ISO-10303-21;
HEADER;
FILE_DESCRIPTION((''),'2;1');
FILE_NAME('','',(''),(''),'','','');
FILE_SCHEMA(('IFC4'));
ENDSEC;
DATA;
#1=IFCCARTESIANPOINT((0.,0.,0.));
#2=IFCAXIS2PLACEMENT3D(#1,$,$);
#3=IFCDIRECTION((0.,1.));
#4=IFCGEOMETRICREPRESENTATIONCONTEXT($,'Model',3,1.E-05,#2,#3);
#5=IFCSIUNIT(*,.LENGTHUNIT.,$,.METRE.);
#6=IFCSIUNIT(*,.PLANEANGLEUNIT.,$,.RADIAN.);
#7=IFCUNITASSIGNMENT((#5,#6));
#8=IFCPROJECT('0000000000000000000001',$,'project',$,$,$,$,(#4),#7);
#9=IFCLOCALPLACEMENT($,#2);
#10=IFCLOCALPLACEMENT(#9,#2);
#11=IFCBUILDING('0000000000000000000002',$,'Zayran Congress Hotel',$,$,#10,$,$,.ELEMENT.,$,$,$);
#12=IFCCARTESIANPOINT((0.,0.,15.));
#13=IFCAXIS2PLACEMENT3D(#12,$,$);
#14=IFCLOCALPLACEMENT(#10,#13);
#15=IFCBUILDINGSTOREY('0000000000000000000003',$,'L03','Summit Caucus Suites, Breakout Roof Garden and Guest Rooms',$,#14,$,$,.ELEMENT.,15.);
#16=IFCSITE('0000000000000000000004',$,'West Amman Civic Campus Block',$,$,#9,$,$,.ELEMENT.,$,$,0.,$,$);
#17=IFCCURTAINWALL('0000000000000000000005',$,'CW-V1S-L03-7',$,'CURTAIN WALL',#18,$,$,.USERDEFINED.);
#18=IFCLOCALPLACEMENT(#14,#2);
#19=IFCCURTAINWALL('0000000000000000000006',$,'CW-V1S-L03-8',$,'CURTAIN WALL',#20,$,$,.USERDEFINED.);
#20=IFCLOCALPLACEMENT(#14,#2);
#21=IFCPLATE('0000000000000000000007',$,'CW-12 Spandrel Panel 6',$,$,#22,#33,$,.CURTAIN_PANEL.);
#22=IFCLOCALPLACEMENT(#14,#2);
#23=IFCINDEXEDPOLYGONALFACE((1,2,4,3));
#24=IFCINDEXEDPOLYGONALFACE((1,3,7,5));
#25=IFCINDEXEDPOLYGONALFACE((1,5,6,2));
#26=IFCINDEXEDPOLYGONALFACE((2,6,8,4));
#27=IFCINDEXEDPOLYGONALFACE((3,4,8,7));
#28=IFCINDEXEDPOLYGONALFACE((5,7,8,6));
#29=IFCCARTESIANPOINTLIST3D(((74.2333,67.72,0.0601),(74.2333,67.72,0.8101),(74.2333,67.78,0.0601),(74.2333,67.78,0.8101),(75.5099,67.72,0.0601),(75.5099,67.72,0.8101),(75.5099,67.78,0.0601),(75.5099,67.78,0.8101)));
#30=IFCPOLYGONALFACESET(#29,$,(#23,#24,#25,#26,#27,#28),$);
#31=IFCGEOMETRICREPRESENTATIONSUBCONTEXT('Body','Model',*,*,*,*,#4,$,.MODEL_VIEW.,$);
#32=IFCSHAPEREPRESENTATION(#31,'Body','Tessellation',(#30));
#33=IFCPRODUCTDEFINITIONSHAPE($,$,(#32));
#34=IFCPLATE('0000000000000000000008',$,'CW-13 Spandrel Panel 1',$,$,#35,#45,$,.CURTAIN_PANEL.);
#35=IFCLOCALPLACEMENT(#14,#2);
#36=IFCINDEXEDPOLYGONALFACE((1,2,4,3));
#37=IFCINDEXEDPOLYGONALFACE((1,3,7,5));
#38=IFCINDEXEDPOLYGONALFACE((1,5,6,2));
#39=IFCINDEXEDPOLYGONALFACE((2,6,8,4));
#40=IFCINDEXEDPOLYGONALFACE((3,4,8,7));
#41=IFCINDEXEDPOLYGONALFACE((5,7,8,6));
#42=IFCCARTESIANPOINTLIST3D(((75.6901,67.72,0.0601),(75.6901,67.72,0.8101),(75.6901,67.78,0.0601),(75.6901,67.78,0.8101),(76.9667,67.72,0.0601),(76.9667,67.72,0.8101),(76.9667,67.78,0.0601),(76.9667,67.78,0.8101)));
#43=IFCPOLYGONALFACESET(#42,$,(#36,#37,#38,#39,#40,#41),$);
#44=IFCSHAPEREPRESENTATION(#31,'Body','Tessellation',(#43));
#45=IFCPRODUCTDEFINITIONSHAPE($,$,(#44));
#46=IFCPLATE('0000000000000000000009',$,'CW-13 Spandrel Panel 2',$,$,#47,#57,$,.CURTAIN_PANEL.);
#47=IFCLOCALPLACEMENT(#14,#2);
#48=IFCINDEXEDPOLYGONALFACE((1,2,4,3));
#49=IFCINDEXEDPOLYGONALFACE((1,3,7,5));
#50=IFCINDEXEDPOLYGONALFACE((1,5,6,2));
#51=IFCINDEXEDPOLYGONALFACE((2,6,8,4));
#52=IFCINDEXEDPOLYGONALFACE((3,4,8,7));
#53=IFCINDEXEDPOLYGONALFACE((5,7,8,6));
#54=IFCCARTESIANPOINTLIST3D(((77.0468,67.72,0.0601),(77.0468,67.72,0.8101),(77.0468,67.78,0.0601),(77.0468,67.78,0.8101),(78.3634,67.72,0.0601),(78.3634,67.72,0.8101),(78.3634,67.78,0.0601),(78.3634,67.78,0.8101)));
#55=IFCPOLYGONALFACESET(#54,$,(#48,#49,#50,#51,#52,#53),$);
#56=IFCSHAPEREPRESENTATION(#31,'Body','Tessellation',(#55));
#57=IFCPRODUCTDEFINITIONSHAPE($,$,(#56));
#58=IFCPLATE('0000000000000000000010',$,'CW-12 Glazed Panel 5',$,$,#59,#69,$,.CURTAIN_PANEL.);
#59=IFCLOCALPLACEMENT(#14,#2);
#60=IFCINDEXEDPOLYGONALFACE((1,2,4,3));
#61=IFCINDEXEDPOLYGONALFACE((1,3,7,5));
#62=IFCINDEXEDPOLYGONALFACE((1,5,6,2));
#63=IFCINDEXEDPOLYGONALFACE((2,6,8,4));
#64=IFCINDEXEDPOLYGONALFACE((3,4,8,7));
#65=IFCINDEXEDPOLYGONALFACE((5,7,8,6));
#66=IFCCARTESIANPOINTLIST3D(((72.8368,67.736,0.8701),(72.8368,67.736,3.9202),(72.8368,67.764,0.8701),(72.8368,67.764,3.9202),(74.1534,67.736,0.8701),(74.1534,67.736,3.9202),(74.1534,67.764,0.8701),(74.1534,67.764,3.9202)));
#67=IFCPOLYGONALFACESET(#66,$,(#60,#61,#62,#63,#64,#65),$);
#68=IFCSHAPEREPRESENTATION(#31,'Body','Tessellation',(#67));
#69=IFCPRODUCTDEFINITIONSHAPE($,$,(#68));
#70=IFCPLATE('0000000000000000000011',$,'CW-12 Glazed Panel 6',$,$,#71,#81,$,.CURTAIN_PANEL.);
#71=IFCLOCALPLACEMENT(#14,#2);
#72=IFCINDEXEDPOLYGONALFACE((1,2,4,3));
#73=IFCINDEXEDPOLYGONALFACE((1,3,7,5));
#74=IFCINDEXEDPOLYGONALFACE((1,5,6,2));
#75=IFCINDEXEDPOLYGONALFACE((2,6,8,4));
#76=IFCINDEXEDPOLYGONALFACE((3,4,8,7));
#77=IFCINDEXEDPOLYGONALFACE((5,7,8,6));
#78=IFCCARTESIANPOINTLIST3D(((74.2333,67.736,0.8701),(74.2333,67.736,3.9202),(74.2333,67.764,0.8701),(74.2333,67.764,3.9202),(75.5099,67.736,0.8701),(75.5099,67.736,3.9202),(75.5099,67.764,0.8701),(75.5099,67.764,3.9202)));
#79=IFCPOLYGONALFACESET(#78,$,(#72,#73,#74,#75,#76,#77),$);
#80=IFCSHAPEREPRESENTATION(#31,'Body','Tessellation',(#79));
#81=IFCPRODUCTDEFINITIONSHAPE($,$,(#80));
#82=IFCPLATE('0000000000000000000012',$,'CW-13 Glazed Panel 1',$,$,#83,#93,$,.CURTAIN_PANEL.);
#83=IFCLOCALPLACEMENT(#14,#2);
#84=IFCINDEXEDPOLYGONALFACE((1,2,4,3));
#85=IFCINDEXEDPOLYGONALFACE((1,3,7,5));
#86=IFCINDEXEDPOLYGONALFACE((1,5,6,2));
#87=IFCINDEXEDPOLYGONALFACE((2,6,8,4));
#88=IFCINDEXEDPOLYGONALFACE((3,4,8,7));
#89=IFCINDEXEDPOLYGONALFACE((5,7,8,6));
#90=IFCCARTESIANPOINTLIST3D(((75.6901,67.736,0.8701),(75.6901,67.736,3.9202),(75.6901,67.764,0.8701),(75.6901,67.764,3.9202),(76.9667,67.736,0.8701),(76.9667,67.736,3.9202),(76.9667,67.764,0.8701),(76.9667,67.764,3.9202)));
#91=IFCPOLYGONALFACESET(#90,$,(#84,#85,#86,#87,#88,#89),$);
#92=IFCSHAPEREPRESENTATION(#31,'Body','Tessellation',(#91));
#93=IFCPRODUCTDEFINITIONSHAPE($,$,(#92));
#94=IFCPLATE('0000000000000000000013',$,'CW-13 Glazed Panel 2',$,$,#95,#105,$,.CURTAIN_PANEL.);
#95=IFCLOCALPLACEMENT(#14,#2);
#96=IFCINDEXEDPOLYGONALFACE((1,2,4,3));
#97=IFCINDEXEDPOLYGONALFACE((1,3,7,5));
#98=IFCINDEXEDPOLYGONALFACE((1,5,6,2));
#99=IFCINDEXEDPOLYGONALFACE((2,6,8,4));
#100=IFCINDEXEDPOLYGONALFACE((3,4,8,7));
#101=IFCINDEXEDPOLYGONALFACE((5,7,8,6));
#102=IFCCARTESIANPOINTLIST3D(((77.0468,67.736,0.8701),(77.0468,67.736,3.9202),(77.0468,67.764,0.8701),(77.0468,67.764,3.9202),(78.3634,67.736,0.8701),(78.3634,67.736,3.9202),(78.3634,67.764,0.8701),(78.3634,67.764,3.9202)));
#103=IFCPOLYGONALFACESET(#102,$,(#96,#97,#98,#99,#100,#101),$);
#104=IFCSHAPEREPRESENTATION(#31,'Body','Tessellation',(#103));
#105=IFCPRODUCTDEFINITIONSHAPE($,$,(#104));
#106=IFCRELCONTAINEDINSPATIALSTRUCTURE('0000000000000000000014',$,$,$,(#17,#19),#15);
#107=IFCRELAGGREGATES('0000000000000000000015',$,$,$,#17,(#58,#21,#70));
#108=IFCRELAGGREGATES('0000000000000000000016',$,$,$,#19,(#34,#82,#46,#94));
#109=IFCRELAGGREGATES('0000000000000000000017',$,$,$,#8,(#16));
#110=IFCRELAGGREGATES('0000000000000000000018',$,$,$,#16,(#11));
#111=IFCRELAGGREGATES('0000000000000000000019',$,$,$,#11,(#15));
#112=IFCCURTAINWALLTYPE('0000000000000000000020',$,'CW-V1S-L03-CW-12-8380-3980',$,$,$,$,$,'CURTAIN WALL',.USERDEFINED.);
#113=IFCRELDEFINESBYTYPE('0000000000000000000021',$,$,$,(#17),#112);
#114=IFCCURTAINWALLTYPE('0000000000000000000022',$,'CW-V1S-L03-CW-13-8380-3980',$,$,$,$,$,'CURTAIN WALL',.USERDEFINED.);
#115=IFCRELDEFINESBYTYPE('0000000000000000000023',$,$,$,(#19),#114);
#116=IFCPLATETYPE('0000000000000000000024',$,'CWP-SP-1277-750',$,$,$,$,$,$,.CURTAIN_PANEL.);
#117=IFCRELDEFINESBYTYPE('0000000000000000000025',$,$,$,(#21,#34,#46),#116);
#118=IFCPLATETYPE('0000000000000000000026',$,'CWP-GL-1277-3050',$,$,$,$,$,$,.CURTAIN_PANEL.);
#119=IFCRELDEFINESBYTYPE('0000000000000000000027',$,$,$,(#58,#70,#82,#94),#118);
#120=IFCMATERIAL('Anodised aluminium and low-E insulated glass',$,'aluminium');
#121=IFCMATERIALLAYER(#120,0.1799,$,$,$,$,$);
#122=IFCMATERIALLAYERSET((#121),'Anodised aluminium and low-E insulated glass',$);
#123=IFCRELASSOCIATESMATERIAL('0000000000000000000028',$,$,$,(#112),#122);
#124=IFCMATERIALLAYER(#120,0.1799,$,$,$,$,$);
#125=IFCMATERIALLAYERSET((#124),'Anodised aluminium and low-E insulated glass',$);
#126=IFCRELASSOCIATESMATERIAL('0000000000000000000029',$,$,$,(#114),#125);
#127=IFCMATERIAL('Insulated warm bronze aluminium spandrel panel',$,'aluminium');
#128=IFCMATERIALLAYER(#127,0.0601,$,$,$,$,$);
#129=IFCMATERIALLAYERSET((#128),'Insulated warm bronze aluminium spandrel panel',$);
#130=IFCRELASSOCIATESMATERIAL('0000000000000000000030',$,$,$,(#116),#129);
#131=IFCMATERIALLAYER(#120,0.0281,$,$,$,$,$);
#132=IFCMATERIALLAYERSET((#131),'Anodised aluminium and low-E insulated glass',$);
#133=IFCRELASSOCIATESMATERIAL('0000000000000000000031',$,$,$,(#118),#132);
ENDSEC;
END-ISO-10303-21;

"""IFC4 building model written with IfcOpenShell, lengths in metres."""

from ifc_helpers import new_model, si_unit, direction, frame, origin, origin_2d, place, context, subcontext, project, spatial, rectangle, extrude, material, layer, layer_set, type_object, element, aggregate, save


model = new_model("IFC4")

# Units and contexts
model_context = context("Model", 3, precision=1e-05, world=origin(), true_north=direction((0.0, 1.0)))
body_context = subcontext(model_context, "Body", "Model", "MODEL_VIEW")
ifc_project = project(units=[si_unit("LENGTHUNIT", "METRE"), si_unit("PLANEANGLEUNIT", "RADIAN")], contexts=[model_context])

# Site, building, storey
site_placement = place(None, origin())
site = spatial("IfcSite", under=ifc_project, at=site_placement, Name="West Amman Civic Campus Block", CompositionType="ELEMENT", RefElevation=0.0)
building_placement = place(site_placement, origin())
building = spatial("IfcBuilding", under=site, at=building_placement, Name="Zayran Congress Hotel", CompositionType="ELEMENT")
storey_placement = place(building_placement, frame((0.0, 0.0, 15.0)))
storey = spatial("IfcBuildingStorey", under=building, at=storey_placement, Name="L03", Description="Summit Caucus Suites, Breakout Roof Garden and Guest Rooms", CompositionType="ELEMENT", Elevation=15.0)

# Curtain walls
ifc_material_1 = material(Name="Anodised aluminium and low-E insulated glass", Category="aluminium")
ifc_layer_1 = layer(ifc_material_1, 0.1799)
ifc_layer_set_1 = layer_set([ifc_layer_1], Name="Anodised aluminium and low-E insulated glass")
curtain_wall_type_1 = type_object("IfcCurtainWallType", Name="CW-V1S-L03-CW-12-8380-3980", ElementType="CURTAIN WALL", PredefinedType="USERDEFINED", material=ifc_layer_set_1)
curtain_wall_1_placement = place(storey_placement, origin())
curtain_wall_1 = element("IfcCurtainWall", 1, at=curtain_wall_1_placement, inside=storey, type_object=curtain_wall_type_1, Name="CW-V1S-L03-7", ObjectType="CURTAIN WALL", PredefinedType="USERDEFINED")
ifc_layer_2 = layer(ifc_material_1, 0.1799)
ifc_layer_set_2 = layer_set([ifc_layer_2], Name="Anodised aluminium and low-E insulated glass")
curtain_wall_type_2 = type_object("IfcCurtainWallType", Name="CW-V1S-L03-CW-13-8380-3980", ElementType="CURTAIN WALL", PredefinedType="USERDEFINED", material=ifc_layer_set_2)
curtain_wall_2_placement = place(storey_placement, origin())
curtain_wall_2 = element("IfcCurtainWall", 2, at=curtain_wall_2_placement, inside=storey, type_object=curtain_wall_type_2, Name="CW-V1S-L03-8", ObjectType="CURTAIN WALL", PredefinedType="USERDEFINED")

# Plates
ifc_material_2 = material(Name="Insulated warm bronze aluminium spandrel panel", Category="aluminium")
ifc_layer_3 = layer(ifc_material_2, 0.0601)
ifc_layer_set_3 = layer_set([ifc_layer_3], Name="Insulated warm bronze aluminium spandrel panel")
plate_type_1 = type_object("IfcPlateType", Name="CWP-SP-1277-750", PredefinedType="CURTAIN_PANEL", material=ifc_layer_set_3)
plate_1_placement = place(storey_placement, frame((74.8716, 67.75, 0.0601), z_axis=(0.0, 0.0, 1.0), x_axis=(1.0, 0.0, 0.0)))
plate_1 = element("IfcPlate", 3, at=plate_1_placement, type_object=plate_type_1, Name="CW-12 Spandrel Panel 6", PredefinedType="CURTAIN_PANEL", context=body_context, shape_type="SweptSolid", body=[
    extrude(rectangle(XDim=1.2766, YDim=0.0601, at=origin_2d()), origin(), (0.0, 0.0, 1.0), 0.75),
])
plate_2_placement = place(storey_placement, frame((76.3284, 67.75, 0.0601), z_axis=(0.0, 0.0, 1.0), x_axis=(1.0, 0.0, 0.0)))
plate_2 = element("IfcPlate", 4, at=plate_2_placement, type_object=plate_type_1, Name="CW-13 Spandrel Panel 1", PredefinedType="CURTAIN_PANEL", context=body_context, shape_type="SweptSolid", body=[
    extrude(rectangle(XDim=1.2766, YDim=0.0601, at=origin_2d()), origin(), (0.0, 0.0, 1.0), 0.75),
])
plate_3_placement = place(storey_placement, frame((77.7051, 67.75, 0.0601), z_axis=(0.0, 0.0, 1.0), x_axis=(1.0, 0.0, 0.0)))
plate_3 = element("IfcPlate", 5, at=plate_3_placement, type_object=plate_type_1, Name="CW-13 Spandrel Panel 2", PredefinedType="CURTAIN_PANEL", context=body_context, shape_type="SweptSolid", body=[
    extrude(rectangle(XDim=1.3167, YDim=0.0601, at=origin_2d()), origin(), (0.0, 0.0, 1.0), 0.75),
])
ifc_layer_4 = layer(ifc_material_1, 0.0281)
ifc_layer_set_4 = layer_set([ifc_layer_4], Name="Anodised aluminium and low-E insulated glass")
plate_type_2 = type_object("IfcPlateType", Name="CWP-GL-1277-3050", PredefinedType="CURTAIN_PANEL", material=ifc_layer_set_4)
plate_4_placement = place(storey_placement, frame((73.4951, 67.75, 0.8701), z_axis=(0.0, 0.0, 1.0), x_axis=(1.0, 0.0, 0.0)))
plate_4 = element("IfcPlate", 6, at=plate_4_placement, type_object=plate_type_2, Name="CW-12 Glazed Panel 5", PredefinedType="CURTAIN_PANEL", context=body_context, shape_type="SweptSolid", body=[
    extrude(rectangle(XDim=1.3167, YDim=0.0281, at=origin_2d()), origin(), (0.0, 0.0, 1.0), 3.05),
])
plate_5_placement = place(storey_placement, frame((74.8716, 67.75, 0.8701), z_axis=(0.0, 0.0, 1.0), x_axis=(1.0, 0.0, 0.0)))
plate_5 = element("IfcPlate", 7, at=plate_5_placement, type_object=plate_type_2, Name="CW-12 Glazed Panel 6", PredefinedType="CURTAIN_PANEL", context=body_context, shape_type="SweptSolid", body=[
    extrude(rectangle(XDim=1.2766, YDim=0.0281, at=origin_2d()), origin(), (0.0, 0.0, 1.0), 3.05),
])
aggregate(curtain_wall_1, [plate_4, plate_1, plate_5])
plate_6_placement = place(storey_placement, frame((76.3284, 67.75, 0.8701), z_axis=(0.0, 0.0, 1.0), x_axis=(1.0, 0.0, 0.0)))
plate_6 = element("IfcPlate", 8, at=plate_6_placement, type_object=plate_type_2, Name="CW-13 Glazed Panel 1", PredefinedType="CURTAIN_PANEL", context=body_context, shape_type="SweptSolid", body=[
    extrude(rectangle(XDim=1.2766, YDim=0.0281, at=origin_2d()), origin(), (0.0, 0.0, 1.0), 3.05),
])
plate_7_placement = place(storey_placement, frame((77.7051, 67.75, 0.8701), z_axis=(0.0, 0.0, 1.0), x_axis=(1.0, 0.0, 0.0)))
plate_7 = element("IfcPlate", 9, at=plate_7_placement, type_object=plate_type_2, Name="CW-13 Glazed Panel 2", PredefinedType="CURTAIN_PANEL", context=body_context, shape_type="SweptSolid", body=[
    extrude(rectangle(XDim=1.3167, YDim=0.0281, at=origin_2d()), origin(), (0.0, 0.0, 1.0), 3.05),
])
aggregate(curtain_wall_2, [plate_2, plate_6, plate_3, plate_7])

save(model, "model.ifc")
